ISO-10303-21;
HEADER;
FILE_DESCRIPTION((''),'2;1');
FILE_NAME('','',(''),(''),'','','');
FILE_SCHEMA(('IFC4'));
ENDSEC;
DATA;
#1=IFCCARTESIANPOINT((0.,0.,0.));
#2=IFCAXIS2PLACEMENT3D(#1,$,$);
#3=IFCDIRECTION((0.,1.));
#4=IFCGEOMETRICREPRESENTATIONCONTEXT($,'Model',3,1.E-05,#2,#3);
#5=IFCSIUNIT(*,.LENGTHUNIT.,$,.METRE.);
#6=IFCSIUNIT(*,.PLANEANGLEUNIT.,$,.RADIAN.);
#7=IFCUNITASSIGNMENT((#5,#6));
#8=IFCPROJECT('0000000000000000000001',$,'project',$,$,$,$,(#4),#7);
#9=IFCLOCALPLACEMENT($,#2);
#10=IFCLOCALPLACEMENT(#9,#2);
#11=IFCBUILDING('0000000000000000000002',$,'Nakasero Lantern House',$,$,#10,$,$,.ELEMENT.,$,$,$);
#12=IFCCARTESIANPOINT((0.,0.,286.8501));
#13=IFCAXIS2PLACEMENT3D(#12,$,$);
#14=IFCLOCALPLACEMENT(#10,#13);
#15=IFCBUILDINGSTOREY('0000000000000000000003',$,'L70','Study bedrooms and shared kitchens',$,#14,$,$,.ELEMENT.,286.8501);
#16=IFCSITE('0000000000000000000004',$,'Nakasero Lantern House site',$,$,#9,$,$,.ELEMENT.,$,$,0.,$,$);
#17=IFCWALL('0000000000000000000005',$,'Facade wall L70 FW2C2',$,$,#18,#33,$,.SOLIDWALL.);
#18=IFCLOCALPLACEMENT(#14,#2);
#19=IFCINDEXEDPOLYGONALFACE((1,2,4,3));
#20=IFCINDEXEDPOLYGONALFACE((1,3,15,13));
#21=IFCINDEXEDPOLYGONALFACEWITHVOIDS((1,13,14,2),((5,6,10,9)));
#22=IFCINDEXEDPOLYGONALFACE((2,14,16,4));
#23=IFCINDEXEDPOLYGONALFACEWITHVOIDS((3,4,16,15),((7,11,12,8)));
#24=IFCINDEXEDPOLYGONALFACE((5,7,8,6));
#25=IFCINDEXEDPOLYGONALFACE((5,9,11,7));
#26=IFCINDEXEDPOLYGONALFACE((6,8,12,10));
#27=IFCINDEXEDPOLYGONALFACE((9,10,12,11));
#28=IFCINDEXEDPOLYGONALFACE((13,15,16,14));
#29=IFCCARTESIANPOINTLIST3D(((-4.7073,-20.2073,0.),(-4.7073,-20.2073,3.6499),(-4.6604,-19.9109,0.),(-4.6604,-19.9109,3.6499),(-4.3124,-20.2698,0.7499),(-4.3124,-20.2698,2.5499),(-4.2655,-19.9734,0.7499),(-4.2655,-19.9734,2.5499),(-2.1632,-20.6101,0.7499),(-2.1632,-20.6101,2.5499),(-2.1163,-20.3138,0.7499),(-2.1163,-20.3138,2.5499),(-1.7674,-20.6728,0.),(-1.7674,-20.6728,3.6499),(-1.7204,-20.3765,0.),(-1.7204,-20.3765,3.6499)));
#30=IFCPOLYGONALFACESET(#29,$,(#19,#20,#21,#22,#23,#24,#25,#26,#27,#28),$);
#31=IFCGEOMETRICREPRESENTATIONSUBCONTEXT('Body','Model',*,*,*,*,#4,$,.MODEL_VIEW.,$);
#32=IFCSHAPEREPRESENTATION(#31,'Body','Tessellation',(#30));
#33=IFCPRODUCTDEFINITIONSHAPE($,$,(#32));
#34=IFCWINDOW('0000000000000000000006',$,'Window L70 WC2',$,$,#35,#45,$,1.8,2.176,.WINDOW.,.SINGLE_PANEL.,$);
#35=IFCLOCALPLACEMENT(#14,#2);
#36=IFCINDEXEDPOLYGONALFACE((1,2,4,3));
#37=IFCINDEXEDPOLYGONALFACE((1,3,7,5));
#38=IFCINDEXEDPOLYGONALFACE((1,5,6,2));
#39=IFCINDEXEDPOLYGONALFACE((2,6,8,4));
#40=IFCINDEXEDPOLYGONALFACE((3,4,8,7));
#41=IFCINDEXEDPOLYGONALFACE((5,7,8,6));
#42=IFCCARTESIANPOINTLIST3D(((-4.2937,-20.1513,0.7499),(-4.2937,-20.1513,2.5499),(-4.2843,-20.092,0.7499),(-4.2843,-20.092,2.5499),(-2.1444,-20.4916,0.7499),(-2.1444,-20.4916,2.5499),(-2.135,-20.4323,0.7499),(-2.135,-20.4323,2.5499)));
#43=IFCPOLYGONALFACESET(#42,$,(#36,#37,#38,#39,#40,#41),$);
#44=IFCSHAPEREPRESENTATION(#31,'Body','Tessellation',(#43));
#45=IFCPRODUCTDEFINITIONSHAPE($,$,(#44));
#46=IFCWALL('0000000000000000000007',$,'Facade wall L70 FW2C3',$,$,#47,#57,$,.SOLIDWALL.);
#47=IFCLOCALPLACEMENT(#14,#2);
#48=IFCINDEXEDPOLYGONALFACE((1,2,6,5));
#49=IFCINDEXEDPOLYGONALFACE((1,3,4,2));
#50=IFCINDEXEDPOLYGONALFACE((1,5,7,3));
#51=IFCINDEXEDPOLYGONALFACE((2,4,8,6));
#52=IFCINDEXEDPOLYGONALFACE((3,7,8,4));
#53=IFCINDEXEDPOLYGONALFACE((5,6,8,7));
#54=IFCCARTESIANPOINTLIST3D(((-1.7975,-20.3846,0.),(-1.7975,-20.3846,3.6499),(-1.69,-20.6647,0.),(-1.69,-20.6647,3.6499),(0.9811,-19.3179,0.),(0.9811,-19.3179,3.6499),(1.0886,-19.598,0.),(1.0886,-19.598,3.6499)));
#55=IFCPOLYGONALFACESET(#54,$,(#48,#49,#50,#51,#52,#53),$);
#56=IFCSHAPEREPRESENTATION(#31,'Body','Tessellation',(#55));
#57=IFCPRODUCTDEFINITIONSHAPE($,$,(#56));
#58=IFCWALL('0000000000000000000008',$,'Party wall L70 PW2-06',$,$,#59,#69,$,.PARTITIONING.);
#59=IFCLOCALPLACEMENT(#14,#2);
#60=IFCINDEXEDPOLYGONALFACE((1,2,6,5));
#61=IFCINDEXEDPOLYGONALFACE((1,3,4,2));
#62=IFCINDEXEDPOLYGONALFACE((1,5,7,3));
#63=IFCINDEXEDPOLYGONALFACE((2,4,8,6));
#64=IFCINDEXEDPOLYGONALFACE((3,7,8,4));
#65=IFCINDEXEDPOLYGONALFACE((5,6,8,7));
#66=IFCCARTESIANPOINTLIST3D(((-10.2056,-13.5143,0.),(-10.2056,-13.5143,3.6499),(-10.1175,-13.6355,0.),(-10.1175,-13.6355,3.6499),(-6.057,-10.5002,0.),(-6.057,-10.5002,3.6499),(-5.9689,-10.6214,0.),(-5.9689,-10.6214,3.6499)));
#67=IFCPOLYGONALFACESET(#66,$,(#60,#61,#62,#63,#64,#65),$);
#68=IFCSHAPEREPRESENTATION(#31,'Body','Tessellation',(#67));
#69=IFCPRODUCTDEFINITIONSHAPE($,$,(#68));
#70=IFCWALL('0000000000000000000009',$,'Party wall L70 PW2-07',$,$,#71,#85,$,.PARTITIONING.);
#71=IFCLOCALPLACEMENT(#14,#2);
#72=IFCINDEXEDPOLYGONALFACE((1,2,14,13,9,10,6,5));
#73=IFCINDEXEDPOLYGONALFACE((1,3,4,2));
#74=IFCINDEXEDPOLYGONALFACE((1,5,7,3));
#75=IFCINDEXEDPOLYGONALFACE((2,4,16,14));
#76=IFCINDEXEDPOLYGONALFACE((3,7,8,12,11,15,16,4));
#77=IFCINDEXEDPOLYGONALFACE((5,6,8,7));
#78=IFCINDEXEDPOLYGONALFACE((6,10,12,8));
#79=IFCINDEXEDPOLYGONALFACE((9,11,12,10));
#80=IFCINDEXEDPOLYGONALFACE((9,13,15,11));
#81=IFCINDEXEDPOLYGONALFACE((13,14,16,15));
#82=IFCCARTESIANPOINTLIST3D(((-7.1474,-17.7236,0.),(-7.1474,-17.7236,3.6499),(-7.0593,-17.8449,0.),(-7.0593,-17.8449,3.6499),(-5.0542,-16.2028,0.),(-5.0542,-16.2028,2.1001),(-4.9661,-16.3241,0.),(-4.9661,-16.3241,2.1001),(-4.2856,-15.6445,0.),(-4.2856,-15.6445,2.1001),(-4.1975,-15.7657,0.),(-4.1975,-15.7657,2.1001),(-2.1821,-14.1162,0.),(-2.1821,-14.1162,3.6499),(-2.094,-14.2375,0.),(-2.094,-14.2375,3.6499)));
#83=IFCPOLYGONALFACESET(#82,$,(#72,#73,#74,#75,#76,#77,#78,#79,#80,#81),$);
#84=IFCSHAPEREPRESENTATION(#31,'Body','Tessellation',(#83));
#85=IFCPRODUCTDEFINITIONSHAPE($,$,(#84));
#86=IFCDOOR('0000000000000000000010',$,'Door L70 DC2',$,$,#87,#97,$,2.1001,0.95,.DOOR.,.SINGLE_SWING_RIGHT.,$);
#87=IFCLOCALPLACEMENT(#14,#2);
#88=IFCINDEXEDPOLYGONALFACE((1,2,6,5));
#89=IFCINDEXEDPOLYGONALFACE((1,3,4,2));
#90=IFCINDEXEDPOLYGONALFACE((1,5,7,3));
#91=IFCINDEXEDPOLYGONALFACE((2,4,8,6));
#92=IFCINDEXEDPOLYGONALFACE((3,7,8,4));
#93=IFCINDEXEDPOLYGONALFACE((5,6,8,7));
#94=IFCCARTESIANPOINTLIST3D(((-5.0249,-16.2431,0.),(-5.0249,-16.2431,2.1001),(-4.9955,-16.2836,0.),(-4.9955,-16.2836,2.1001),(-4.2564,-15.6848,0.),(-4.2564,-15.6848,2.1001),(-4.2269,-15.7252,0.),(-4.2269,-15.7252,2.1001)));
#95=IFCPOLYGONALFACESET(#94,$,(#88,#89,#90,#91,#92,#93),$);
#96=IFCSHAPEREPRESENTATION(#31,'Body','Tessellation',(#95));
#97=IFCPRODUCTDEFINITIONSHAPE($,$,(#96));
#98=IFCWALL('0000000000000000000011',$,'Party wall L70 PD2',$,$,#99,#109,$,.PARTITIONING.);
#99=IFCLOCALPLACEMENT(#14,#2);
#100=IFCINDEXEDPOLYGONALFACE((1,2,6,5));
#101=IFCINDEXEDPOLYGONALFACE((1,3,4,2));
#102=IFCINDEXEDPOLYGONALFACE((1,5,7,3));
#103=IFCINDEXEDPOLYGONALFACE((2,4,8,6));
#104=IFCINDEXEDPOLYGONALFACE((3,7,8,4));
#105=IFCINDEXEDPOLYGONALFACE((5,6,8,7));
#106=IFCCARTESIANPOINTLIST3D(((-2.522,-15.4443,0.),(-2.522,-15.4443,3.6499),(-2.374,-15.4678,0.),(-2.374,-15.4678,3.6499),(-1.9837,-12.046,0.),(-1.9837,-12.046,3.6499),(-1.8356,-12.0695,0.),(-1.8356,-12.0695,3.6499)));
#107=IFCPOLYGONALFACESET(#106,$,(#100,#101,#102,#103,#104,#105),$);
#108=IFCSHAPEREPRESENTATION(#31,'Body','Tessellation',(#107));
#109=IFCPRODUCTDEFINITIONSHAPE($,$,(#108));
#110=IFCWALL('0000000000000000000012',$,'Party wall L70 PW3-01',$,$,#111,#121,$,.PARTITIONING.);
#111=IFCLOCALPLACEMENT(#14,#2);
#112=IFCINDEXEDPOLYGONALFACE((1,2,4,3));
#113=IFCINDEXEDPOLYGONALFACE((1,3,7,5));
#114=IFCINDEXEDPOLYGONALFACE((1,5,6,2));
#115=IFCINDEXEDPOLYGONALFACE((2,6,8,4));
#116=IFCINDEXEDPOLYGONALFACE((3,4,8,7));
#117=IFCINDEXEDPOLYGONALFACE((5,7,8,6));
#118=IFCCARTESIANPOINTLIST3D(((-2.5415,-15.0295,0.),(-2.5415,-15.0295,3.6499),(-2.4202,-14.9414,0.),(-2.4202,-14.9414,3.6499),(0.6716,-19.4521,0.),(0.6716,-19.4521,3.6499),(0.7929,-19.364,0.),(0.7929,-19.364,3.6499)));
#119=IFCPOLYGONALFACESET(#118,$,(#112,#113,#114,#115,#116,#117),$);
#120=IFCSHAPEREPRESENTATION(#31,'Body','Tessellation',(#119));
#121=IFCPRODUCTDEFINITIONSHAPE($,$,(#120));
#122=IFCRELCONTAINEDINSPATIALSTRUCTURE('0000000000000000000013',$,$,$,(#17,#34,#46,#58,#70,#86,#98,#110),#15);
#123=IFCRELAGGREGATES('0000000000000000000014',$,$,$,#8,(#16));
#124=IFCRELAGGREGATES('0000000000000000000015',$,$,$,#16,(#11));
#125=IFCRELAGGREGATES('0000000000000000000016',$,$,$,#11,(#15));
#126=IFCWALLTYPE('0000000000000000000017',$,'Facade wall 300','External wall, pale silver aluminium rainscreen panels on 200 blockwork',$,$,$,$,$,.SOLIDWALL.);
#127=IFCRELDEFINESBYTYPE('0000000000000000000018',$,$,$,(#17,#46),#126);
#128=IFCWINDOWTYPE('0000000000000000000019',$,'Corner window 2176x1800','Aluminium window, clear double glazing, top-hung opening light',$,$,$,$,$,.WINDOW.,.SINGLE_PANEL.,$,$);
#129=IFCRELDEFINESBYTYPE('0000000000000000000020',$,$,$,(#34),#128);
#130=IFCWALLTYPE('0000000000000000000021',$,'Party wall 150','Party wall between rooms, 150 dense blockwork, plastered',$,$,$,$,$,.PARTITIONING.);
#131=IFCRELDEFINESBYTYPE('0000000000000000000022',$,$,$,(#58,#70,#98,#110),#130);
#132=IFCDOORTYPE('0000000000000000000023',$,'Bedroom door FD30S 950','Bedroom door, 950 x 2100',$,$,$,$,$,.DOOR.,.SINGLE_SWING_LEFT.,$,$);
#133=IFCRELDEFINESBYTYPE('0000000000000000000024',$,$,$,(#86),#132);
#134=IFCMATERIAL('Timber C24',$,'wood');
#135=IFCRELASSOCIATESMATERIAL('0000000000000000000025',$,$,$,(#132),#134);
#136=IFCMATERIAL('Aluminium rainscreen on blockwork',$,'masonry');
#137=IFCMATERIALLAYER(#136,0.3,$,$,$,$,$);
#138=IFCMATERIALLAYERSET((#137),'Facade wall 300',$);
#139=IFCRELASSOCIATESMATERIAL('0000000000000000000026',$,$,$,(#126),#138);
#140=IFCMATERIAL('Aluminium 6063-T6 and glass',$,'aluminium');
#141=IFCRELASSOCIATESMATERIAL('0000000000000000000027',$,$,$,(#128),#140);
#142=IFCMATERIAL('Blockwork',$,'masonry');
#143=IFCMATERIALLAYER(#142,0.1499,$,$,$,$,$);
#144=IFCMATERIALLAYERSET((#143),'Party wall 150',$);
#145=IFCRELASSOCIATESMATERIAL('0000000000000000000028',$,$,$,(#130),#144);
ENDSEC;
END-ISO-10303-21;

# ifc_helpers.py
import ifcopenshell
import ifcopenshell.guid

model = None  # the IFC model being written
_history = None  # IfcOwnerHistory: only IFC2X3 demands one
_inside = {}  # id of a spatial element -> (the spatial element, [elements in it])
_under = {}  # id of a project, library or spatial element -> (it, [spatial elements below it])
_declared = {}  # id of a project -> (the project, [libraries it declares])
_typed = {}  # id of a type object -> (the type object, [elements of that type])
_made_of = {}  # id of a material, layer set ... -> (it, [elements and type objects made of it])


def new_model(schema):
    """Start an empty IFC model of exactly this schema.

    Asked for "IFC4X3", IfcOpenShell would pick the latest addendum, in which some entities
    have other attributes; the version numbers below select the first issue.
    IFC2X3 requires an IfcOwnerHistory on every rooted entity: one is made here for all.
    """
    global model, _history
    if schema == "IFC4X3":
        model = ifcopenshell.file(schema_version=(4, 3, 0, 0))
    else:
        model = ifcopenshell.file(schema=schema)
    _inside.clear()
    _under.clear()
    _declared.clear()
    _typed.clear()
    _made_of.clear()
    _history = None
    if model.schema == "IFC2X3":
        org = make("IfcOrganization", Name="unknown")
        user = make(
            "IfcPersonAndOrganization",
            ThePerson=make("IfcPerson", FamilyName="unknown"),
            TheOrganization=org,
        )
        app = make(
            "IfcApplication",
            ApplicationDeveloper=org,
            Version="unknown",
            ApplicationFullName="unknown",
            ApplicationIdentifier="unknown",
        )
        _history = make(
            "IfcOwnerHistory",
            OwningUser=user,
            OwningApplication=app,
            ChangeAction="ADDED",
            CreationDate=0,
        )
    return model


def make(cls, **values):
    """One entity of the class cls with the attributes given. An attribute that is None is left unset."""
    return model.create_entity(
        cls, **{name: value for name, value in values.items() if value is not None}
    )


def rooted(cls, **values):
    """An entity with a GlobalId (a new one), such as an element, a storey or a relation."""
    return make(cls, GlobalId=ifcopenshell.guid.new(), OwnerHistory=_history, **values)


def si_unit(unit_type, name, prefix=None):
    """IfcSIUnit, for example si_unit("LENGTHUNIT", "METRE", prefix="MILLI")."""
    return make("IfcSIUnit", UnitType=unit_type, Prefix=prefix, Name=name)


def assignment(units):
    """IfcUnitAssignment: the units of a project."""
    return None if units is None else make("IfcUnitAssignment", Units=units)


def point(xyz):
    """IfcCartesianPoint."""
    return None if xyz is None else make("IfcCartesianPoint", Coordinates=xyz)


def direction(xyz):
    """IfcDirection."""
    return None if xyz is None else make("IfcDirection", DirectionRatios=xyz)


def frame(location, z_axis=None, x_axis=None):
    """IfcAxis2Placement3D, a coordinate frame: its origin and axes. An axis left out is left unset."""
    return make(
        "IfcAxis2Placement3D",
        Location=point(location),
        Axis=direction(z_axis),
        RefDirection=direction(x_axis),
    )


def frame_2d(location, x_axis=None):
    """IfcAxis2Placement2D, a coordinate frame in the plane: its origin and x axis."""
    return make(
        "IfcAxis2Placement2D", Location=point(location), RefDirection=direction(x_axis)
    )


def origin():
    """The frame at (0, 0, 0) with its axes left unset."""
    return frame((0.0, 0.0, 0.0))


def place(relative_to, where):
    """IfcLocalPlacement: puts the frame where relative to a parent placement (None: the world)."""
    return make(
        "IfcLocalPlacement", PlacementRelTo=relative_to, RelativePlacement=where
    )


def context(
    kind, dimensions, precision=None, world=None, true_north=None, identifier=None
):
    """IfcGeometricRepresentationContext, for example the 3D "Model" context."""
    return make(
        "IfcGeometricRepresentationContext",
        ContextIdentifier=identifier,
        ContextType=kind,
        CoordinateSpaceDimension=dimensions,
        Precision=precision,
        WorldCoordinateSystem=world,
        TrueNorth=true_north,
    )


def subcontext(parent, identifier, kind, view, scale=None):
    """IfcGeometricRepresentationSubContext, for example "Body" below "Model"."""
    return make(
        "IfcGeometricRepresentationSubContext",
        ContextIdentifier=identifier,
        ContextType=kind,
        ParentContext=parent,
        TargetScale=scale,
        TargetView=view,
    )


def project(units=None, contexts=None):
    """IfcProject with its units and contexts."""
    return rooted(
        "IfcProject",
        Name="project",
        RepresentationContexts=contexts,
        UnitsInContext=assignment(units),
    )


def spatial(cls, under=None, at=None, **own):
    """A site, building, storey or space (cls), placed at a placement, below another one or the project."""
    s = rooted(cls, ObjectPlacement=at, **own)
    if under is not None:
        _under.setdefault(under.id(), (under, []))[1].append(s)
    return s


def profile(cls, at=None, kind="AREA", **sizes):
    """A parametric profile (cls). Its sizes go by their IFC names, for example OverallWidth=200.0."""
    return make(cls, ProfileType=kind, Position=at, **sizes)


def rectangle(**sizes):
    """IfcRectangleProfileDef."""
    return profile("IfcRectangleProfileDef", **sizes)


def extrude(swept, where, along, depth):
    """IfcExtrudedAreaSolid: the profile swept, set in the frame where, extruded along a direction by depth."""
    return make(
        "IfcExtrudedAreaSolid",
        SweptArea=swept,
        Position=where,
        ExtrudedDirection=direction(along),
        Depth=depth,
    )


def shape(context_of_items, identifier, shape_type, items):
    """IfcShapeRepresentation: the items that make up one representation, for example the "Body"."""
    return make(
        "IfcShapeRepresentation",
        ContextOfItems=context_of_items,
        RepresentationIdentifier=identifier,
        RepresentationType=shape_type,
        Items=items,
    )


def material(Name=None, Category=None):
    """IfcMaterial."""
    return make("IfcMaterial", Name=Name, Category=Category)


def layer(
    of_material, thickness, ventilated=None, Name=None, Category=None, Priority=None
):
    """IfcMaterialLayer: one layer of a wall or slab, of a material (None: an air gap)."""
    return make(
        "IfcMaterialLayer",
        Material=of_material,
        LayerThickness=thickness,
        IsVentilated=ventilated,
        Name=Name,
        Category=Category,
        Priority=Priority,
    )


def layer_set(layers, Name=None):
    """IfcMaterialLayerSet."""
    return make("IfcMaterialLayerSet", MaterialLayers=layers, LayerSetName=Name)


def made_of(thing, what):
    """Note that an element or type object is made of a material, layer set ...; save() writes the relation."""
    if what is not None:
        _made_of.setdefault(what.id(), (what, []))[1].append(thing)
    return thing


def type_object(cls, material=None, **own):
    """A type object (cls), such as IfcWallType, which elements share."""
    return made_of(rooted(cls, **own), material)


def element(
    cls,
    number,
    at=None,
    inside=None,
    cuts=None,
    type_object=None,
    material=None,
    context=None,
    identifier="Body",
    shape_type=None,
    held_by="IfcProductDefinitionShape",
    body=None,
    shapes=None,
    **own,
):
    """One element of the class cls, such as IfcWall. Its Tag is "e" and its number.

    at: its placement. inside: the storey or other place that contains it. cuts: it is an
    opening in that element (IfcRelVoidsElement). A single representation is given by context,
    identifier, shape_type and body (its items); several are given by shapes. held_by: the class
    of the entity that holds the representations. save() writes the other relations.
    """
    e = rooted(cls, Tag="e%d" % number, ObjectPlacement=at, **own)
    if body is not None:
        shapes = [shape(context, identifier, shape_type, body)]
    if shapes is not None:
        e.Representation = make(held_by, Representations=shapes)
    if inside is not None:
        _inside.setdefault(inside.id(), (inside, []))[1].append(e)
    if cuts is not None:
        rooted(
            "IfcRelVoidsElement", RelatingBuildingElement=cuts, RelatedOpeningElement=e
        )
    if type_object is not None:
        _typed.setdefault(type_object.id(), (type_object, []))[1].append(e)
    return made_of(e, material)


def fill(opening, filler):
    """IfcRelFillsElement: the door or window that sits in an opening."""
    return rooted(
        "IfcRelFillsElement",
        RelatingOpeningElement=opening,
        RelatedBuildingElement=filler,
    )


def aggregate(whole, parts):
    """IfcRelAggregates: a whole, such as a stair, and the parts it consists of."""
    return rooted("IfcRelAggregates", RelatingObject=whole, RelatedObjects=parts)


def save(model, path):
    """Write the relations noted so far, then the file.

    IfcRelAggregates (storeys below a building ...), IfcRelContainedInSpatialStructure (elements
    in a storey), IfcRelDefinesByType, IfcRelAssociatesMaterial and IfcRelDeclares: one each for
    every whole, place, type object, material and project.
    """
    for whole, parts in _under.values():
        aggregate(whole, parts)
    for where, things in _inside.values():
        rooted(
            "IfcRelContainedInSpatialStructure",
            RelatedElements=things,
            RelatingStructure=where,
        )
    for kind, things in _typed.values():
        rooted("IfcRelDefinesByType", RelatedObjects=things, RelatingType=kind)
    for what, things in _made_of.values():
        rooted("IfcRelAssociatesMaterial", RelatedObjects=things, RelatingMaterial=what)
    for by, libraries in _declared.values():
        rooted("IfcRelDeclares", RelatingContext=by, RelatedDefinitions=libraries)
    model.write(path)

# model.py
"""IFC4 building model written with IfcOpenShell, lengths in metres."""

from ifc_helpers import new_model, si_unit, direction, frame, frame_2d, origin, place, context, subcontext, project, spatial, rectangle, extrude, material, layer, layer_set, type_object, element, fill, save


model = new_model("IFC4")

# Units and contexts
model_context = context("Model", 3, precision=1e-05, world=origin(), true_north=direction((0.0, 1.0)))
body_context = subcontext(model_context, "Body", "Model", "MODEL_VIEW")
ifc_project = project(units=[si_unit("LENGTHUNIT", "METRE"), si_unit("PLANEANGLEUNIT", "RADIAN")], contexts=[model_context])

# Site, building, storey
site_placement = place(None, origin())
site = spatial("IfcSite", under=ifc_project, at=site_placement, Name="Nakasero Lantern House site", CompositionType="ELEMENT", RefElevation=0.0)
building_placement = place(site_placement, origin())
building = spatial("IfcBuilding", under=site, at=building_placement, Name="Nakasero Lantern House", CompositionType="ELEMENT")
storey_placement = place(building_placement, frame((0.0, 0.0, 286.8501)))
storey = spatial("IfcBuildingStorey", under=building, at=storey_placement, Name="L70", Description="Study bedrooms and shared kitchens", CompositionType="ELEMENT", Elevation=286.8501)

# Shared definitions
ifc_material_1 = material(Name="Timber C24", Category="wood")
door_type_1 = type_object("IfcDoorType", Name="Bedroom door FD30S 950", Description="Bedroom door, 950 x 2100", OperationType="SINGLE_SWING_LEFT", PredefinedType="DOOR", material=ifc_material_1)

# Wall, opening, window
ifc_material_2 = material(Name="Aluminium rainscreen on blockwork", Category="masonry")
ifc_layer_1 = layer(ifc_material_2, 0.3)
ifc_layer_set_1 = layer_set([ifc_layer_1], Name="Facade wall 300")
wall_type_1 = type_object("IfcWallType", Name="Facade wall 300", Description="External wall, pale silver aluminium rainscreen panels on 200 blockwork", PredefinedType="SOLIDWALL", material=ifc_layer_set_1)
wall_1_placement = place(storey_placement, frame((-4.6838, -20.0591, 0.0), z_axis=(0.0, 0.0, 1.0), x_axis=(0.987692, -0.156413, 0.0)))
wall_1 = element("IfcWall", 1, at=wall_1_placement, inside=storey, type_object=wall_type_1, Name="Facade wall L70 FW2C2", PredefinedType="SOLIDWALL", context=body_context, shape_type="SweptSolid", body=[
    extrude(rectangle(XDim=2.9766, YDim=0.3, at=frame_2d((1.4883, 0.0))), origin(), (0.0, 0.0, 1.0), 3.6499),
])
opening_1_placement = place(wall_1_placement, frame((0.3999, 0.0, 0.75)))
opening_1 = element("IfcOpeningElement", 2, at=opening_1_placement, cuts=wall_1, PredefinedType="OPENING", context=body_context, shape_type="SweptSolid", body=[
    extrude(rectangle(XDim=2.176, YDim=1.8, at=frame_2d((1.0879, 0.8999))), frame((0.0, 0.1699, 0.0), z_axis=(0.0, -1.0, 0.0), x_axis=(1.0, 0.0, 0.0)), (0.0, 0.0, 1.0), 0.3401),
])
ifc_material_3 = material(Name="Aluminium 6063-T6 and glass", Category="aluminium")
window_type = type_object("IfcWindowType", Name="Corner window 2176x1800", Description="Aluminium window, clear double glazing, top-hung opening light", PartitioningType="SINGLE_PANEL", PredefinedType="WINDOW", material=ifc_material_3)
window_placement = place(opening_1_placement, origin())
window = element("IfcWindow", 3, at=window_placement, inside=storey, type_object=window_type, Name="Window L70 WC2", OverallHeight=1.8, OverallWidth=2.176, PartitioningType="SINGLE_PANEL", PredefinedType="WINDOW", context=body_context, shape_type="SweptSolid", body=[
    extrude(rectangle(XDim=2.176, YDim=1.8, at=frame_2d((1.0879, 0.8999))), frame((0.0, 0.03, 0.0), z_axis=(0.0, -1.0, 0.0), x_axis=(1.0, 0.0, 0.0)), (0.0, 0.0, 1.0), 0.0601),
])
fill(opening_1, window)

# Walls
wall_2_placement = place(storey_placement, frame((-1.7439, -20.5247, 0.0), z_axis=(0.0, 0.0, 1.0), x_axis=(0.933574, 0.358385, 0.0)))
element("IfcWall", 4, at=wall_2_placement, inside=storey, type_object=wall_type_1, Name="Facade wall L70 FW2C3", PredefinedType="SOLIDWALL", context=body_context, shape_type="SweptSolid", body=[
    extrude(rectangle(XDim=2.9763, YDim=0.3, at=frame_2d((1.4883, 0.0))), origin(), (0.0, 0.0, 1.0), 3.6499),
])
ifc_material_4 = material(Name="Blockwork", Category="masonry")
ifc_layer_2 = layer(ifc_material_4, 0.1499)
ifc_layer_set_2 = layer_set([ifc_layer_2], Name="Party wall 150")
wall_type_2 = type_object("IfcWallType", Name="Party wall 150", Description="Party wall between rooms, 150 dense blockwork, plastered", PredefinedType="PARTITIONING", material=ifc_layer_set_2)
wall_3_placement = place(storey_placement, frame((-6.0129, -10.5608, 0.0), z_axis=(0.0, 0.0, 1.0), x_axis=(-0.80902, -0.587781, 0.0)))
element("IfcWall", 5, at=wall_3_placement, inside=storey, type_object=wall_type_2, Name="Party wall L70 PW2-06", PredefinedType="PARTITIONING", context=body_context, shape_type="SweptSolid", body=[
    extrude(rectangle(XDim=5.1279, YDim=0.1499, at=frame_2d((2.564, 0.0))), origin(), (0.0, 0.0, 1.0), 3.6499),
])

# Wall, opening, door
wall_4_placement = place(storey_placement, frame((-2.1379, -14.1768, 0.0), z_axis=(0.0, 0.0, 1.0), x_axis=(-0.809025, -0.587774, 0.0)))
wall_4 = element("IfcWall", 6, at=wall_4_placement, inside=storey, type_object=wall_type_2, Name="Party wall L70 PW2-07", PredefinedType="PARTITIONING", context=body_context, shape_type="SweptSolid", body=[
    extrude(rectangle(XDim=6.1375, YDim=0.1499, at=frame_2d((3.0688, 0.0))), origin(), (0.0, 0.0, 1.0), 3.6499),
])
opening_2_placement = place(wall_4_placement, frame((2.6001, 0.0, 0.0)))
opening_2 = element("IfcOpeningElement", 7, at=opening_2_placement, cuts=wall_4, PredefinedType="OPENING", context=body_context, shape_type="SweptSolid", body=[
    extrude(rectangle(XDim=0.95, YDim=2.1001, at=frame_2d((0.4751, 1.05))), frame((0.0, 0.095, 0.0), z_axis=(0.0, -1.0, 0.0), x_axis=(1.0, 0.0, 0.0)), (0.0, 0.0, 1.0), 0.1899),
])
door_1_placement = place(opening_2_placement, origin())
door_1 = element("IfcDoor", 8, at=door_1_placement, inside=storey, type_object=door_type_1, Name="Door L70 DC2", OperationType="SINGLE_SWING_RIGHT", OverallHeight=2.1001, OverallWidth=0.95, PredefinedType="DOOR", context=body_context, shape_type="SweptSolid", body=[
    extrude(rectangle(XDim=0.95, YDim=2.1001, at=frame_2d((0.4751, 1.05))), frame((0.0, 0.0249, 0.0), z_axis=(0.0, -1.0, 0.0), x_axis=(1.0, 0.0, 0.0)), (0.0, 0.0, 1.0), 0.05),
])
fill(opening_2, door_1)

# Walls
wall_5_placement = place(storey_placement, frame((-1.9097, -12.0579, 0.0), z_axis=(0.0, 0.0, 1.0), x_axis=(-0.156465, -0.987683, 0.0)))
element("IfcWall", 9, at=wall_5_placement, inside=storey, type_object=wall_type_2, Name="Party wall L70 PD2", PredefinedType="PARTITIONING", context=body_context, shape_type="SweptSolid", body=[
    extrude(rectangle(XDim=3.4407, YDim=0.1499, at=frame_2d((1.7202, 0.0))), origin(), (0.0, 0.0, 1.0), 3.6499),
])
wall_6_placement = place(storey_placement, frame((-2.481, -14.9854, 0.0), z_axis=(0.0, 0.0, 1.0), x_axis=(0.587776, -0.809024, 0.0)))
element("IfcWall", 10, at=wall_6_placement, inside=storey, type_object=wall_type_2, Name="Party wall L70 PW3-01", PredefinedType="PARTITIONING", context=body_context, shape_type="SweptSolid", body=[
    extrude(rectangle(XDim=5.4666, YDim=0.1499, at=frame_2d((2.7334, 0.0))), origin(), (0.0, 0.0, 1.0), 3.6499),
])

save(model, "model.ifc")
